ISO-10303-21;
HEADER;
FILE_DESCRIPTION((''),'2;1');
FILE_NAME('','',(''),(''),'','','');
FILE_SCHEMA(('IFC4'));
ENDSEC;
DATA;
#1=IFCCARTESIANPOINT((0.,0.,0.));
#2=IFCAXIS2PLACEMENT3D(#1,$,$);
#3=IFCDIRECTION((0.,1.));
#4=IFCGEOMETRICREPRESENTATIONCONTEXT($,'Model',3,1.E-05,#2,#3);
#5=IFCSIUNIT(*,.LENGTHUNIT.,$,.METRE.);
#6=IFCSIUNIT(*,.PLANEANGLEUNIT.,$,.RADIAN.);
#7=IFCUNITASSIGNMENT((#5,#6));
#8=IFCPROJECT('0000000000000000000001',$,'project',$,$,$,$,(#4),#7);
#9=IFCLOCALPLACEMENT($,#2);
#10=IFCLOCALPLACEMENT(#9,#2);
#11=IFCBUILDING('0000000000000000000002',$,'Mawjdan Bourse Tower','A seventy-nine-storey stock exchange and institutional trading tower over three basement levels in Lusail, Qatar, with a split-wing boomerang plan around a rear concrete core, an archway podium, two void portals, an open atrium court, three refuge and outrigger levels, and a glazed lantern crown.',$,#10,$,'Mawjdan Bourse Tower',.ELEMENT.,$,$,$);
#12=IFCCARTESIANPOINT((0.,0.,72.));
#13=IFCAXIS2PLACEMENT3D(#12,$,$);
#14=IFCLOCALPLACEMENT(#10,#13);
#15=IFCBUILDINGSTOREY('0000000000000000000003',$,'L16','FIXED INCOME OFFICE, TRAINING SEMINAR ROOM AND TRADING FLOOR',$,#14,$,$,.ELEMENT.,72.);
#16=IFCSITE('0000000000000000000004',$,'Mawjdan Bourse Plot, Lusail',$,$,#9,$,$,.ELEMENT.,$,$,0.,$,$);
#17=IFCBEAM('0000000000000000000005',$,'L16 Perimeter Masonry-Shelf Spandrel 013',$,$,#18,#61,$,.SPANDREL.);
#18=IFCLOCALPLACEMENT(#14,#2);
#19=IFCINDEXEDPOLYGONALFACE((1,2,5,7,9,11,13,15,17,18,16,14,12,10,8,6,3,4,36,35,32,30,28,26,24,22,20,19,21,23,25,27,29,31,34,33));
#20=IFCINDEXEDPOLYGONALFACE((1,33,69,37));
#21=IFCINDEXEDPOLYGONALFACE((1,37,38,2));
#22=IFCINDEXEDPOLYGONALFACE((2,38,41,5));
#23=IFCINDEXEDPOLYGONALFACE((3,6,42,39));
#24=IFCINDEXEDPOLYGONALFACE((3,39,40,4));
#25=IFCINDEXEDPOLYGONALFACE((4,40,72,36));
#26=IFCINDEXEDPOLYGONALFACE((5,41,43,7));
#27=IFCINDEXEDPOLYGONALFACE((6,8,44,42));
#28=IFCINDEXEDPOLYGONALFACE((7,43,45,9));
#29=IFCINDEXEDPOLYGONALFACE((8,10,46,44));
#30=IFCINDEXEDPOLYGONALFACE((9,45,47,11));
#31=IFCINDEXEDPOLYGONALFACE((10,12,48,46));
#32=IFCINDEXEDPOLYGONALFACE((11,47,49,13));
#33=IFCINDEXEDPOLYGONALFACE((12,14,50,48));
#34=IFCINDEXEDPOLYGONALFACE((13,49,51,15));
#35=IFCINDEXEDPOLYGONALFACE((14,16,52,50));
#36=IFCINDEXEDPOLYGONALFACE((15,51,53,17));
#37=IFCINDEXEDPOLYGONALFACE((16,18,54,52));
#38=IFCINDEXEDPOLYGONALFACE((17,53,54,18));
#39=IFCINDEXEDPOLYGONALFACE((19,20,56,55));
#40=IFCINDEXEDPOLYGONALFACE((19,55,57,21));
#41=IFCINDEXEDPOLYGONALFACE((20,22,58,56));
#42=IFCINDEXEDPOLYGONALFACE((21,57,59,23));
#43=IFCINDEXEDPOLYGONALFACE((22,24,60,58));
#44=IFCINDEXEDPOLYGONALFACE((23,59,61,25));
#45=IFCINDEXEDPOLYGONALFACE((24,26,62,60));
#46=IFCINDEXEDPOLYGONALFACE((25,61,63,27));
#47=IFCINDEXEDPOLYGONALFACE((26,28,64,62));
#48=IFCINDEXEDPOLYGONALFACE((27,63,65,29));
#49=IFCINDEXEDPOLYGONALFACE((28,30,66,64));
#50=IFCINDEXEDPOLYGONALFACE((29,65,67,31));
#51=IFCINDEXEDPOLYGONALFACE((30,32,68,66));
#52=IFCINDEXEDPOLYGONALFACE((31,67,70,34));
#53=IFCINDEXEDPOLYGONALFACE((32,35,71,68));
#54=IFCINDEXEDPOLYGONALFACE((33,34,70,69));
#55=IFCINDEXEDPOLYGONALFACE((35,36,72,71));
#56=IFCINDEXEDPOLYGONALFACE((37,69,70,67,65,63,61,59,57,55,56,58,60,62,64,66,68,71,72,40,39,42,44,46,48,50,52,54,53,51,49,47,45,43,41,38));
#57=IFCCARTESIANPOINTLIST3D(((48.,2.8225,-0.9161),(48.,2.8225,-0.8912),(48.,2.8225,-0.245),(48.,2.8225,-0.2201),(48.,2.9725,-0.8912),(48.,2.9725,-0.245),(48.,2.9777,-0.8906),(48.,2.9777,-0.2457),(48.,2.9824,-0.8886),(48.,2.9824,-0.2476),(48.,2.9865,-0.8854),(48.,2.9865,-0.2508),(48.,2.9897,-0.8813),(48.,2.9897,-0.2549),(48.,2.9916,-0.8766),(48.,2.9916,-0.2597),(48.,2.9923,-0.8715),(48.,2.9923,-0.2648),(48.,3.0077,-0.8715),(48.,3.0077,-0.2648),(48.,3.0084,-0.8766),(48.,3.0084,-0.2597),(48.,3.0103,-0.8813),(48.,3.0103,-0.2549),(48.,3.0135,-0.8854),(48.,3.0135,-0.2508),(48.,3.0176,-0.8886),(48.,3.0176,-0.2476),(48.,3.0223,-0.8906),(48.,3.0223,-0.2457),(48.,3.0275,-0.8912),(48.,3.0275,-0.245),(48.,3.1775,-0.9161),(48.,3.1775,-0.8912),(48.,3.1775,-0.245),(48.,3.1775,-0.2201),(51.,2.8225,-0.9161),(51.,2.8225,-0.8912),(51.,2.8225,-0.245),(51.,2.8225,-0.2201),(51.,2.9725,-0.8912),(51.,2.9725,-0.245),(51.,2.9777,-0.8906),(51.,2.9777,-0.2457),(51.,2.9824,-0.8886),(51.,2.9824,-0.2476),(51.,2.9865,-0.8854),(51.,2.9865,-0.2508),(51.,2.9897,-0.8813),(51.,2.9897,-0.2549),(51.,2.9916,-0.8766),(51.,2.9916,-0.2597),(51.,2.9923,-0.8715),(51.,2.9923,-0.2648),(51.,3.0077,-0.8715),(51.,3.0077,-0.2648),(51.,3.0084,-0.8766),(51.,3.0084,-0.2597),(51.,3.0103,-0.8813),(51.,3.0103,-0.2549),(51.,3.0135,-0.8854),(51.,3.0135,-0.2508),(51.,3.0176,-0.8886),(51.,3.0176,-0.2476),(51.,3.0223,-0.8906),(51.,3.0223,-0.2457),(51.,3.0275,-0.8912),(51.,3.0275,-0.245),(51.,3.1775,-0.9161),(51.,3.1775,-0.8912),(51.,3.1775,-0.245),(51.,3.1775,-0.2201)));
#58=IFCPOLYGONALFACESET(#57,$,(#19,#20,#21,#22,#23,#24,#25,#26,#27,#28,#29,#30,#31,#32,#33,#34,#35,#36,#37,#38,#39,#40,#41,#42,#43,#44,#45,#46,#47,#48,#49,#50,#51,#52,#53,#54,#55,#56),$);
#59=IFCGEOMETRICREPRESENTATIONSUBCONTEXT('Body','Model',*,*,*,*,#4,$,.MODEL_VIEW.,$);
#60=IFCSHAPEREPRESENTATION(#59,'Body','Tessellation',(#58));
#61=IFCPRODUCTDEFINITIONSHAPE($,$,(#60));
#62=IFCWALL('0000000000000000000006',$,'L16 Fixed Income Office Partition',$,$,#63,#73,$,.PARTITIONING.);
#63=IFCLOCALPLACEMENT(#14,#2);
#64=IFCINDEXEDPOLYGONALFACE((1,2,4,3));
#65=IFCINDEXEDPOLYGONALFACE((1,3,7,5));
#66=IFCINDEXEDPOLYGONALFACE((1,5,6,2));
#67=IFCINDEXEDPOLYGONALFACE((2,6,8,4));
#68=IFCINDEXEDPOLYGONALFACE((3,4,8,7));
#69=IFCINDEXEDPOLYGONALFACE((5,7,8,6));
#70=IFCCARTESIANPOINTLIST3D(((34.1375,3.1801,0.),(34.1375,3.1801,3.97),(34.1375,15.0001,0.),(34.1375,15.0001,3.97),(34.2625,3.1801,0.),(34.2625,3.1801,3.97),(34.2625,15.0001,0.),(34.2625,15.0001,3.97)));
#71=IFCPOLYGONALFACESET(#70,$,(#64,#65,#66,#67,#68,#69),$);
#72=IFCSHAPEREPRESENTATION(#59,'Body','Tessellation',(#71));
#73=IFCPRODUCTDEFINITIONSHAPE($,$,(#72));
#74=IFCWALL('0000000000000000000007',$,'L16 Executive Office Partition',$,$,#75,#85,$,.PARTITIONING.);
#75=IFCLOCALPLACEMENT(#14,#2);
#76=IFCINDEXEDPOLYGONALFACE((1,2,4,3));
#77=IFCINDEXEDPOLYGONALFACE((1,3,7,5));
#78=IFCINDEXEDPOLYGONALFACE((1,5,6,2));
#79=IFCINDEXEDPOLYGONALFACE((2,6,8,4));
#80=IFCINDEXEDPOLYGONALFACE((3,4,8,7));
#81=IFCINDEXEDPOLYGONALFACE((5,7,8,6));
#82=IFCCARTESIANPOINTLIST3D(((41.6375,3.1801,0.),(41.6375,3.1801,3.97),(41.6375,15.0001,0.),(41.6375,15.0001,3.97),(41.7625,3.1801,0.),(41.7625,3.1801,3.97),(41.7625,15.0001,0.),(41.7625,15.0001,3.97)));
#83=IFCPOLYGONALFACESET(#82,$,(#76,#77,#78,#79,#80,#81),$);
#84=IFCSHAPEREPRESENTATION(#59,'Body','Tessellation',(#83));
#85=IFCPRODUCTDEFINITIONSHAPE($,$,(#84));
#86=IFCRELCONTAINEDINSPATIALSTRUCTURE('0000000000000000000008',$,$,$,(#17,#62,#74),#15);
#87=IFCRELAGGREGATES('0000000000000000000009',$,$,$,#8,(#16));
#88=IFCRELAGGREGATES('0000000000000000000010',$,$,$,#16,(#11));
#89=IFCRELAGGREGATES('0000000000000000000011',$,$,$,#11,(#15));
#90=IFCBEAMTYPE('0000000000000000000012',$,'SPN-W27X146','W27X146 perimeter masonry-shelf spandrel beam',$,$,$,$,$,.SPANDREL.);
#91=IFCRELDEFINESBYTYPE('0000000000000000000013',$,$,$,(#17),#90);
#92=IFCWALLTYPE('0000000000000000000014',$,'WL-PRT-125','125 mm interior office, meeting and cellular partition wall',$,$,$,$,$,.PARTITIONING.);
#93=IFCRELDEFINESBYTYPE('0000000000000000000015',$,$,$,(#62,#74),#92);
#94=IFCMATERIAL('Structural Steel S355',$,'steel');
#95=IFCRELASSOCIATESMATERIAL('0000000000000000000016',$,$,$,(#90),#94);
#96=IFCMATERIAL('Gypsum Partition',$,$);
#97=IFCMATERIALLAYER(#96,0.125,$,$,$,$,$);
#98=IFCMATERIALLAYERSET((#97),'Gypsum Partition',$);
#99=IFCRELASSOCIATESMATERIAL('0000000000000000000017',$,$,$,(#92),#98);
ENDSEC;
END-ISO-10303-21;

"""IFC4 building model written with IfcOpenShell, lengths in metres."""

from ifc_helpers import new_model, si_unit, direction, frame, frame_2d, origin, origin_2d, place, context, subcontext, project, spatial, rectangle, i_section, extrude, material, layer, layer_set, material_profile, profile_set, type_object, element, save


model = new_model("IFC4")

# Units and contexts
model_context = context("Model", 3, precision=1e-05, world=origin(), true_north=direction((0.0, 1.0)))
body_context = subcontext(model_context, "Body", "Model", "MODEL_VIEW")
ifc_project = project(units=[si_unit("LENGTHUNIT", "METRE"), si_unit("PLANEANGLEUNIT", "RADIAN")], contexts=[model_context])

# Site, building, storey
site_placement = place(None, origin())
site = spatial("IfcSite", under=ifc_project, at=site_placement, Name="Mawjdan Bourse Plot, Lusail", CompositionType="ELEMENT", RefElevation=0.0)
building_placement = place(site_placement, origin())
building = spatial("IfcBuilding", under=site, at=building_placement, Name="Mawjdan Bourse Tower", Description="A seventy-nine-storey stock exchange and institutional trading tower over three basement levels in Lusail, Qatar, with a split-wing boomerang plan around a rear concrete core, an archway podium, two void portals, an open atrium court, three refuge and outrigger levels, and a glazed lantern crown.", LongName="Mawjdan Bourse Tower", CompositionType="ELEMENT")
storey_placement = place(building_placement, frame((0.0, 0.0, 72.0)))
storey = spatial("IfcBuildingStorey", under=building, at=storey_placement, Name="L16", Description="FIXED INCOME OFFICE, TRAINING SEMINAR ROOM AND TRADING FLOOR", CompositionType="ELEMENT", Elevation=72.0)

# Beam
ifc_material_1 = material(Name="Structural Steel S355", Category="steel")
ifc_material_profile_1 = material_profile(ifc_material_1, i_section(OverallWidth=0.355, OverallDepth=0.696, WebThickness=0.0154, FlangeThickness=0.0249, FilletRadius=0.0198, at=origin_2d()), Name="W27X146")
ifc_profile_set_1 = profile_set([ifc_material_profile_1], Name="Structural Steel S355")
beam_type_1 = type_object("IfcBeamType", Name="SPN-W27X146", Description="W27X146 perimeter masonry-shelf spandrel beam", PredefinedType="SPANDREL", material=ifc_profile_set_1)
beam_1_placement = place(storey_placement, frame((48.0, 3.0, -0.5681), z_axis=(1.0, 0.0, 0.0), x_axis=(0.0, 1.0, 0.0)))
element("IfcBeam", 1, at=beam_1_placement, inside=storey, type_object=beam_type_1, Name="L16 Perimeter Masonry-Shelf Spandrel 013", PredefinedType="SPANDREL", context=body_context, shape_type="SweptSolid", body=[
    extrude(i_section(OverallWidth=0.355, OverallDepth=0.696, WebThickness=0.0154, FlangeThickness=0.0249, FilletRadius=0.0198, at=origin_2d()), origin(), (0.0, 0.0, 1.0), 3.0),
])

# Walls
ifc_material_2 = material(Name="Gypsum Partition")
ifc_layer = layer(ifc_material_2, 0.125)
ifc_layer_set = layer_set([ifc_layer], Name="Gypsum Partition")
wall_type = type_object("IfcWallType", Name="WL-PRT-125", Description="125 mm interior office, meeting and cellular partition wall", PredefinedType="PARTITIONING", material=ifc_layer_set)
for number, where, z_axis, x_axis, name in (
    (2, (34.2, 3.1799, 0.0), (0.0, 0.0, 1.0), (0.0, 1.0, 0.0), "L16 Fixed Income Office Partition"),
    (3, (41.7, 3.1799, 0.0), (0.0, 0.0, 1.0), (0.0, 1.0, 0.0), "L16 Executive Office Partition"),
):
    element("IfcWall", number, at=place(storey_placement, frame(where, z_axis=z_axis, x_axis=x_axis)), inside=storey, type_object=wall_type, Name=name, PredefinedType="PARTITIONING", context=body_context, shape_type="SweptSolid", body=[
        extrude(rectangle(XDim=11.8201, YDim=0.125, at=frame_2d((5.9102, 0.0))), origin(), (0.0, 0.0, 1.0), 3.97),
    ])

save(model, "model.ifc")
